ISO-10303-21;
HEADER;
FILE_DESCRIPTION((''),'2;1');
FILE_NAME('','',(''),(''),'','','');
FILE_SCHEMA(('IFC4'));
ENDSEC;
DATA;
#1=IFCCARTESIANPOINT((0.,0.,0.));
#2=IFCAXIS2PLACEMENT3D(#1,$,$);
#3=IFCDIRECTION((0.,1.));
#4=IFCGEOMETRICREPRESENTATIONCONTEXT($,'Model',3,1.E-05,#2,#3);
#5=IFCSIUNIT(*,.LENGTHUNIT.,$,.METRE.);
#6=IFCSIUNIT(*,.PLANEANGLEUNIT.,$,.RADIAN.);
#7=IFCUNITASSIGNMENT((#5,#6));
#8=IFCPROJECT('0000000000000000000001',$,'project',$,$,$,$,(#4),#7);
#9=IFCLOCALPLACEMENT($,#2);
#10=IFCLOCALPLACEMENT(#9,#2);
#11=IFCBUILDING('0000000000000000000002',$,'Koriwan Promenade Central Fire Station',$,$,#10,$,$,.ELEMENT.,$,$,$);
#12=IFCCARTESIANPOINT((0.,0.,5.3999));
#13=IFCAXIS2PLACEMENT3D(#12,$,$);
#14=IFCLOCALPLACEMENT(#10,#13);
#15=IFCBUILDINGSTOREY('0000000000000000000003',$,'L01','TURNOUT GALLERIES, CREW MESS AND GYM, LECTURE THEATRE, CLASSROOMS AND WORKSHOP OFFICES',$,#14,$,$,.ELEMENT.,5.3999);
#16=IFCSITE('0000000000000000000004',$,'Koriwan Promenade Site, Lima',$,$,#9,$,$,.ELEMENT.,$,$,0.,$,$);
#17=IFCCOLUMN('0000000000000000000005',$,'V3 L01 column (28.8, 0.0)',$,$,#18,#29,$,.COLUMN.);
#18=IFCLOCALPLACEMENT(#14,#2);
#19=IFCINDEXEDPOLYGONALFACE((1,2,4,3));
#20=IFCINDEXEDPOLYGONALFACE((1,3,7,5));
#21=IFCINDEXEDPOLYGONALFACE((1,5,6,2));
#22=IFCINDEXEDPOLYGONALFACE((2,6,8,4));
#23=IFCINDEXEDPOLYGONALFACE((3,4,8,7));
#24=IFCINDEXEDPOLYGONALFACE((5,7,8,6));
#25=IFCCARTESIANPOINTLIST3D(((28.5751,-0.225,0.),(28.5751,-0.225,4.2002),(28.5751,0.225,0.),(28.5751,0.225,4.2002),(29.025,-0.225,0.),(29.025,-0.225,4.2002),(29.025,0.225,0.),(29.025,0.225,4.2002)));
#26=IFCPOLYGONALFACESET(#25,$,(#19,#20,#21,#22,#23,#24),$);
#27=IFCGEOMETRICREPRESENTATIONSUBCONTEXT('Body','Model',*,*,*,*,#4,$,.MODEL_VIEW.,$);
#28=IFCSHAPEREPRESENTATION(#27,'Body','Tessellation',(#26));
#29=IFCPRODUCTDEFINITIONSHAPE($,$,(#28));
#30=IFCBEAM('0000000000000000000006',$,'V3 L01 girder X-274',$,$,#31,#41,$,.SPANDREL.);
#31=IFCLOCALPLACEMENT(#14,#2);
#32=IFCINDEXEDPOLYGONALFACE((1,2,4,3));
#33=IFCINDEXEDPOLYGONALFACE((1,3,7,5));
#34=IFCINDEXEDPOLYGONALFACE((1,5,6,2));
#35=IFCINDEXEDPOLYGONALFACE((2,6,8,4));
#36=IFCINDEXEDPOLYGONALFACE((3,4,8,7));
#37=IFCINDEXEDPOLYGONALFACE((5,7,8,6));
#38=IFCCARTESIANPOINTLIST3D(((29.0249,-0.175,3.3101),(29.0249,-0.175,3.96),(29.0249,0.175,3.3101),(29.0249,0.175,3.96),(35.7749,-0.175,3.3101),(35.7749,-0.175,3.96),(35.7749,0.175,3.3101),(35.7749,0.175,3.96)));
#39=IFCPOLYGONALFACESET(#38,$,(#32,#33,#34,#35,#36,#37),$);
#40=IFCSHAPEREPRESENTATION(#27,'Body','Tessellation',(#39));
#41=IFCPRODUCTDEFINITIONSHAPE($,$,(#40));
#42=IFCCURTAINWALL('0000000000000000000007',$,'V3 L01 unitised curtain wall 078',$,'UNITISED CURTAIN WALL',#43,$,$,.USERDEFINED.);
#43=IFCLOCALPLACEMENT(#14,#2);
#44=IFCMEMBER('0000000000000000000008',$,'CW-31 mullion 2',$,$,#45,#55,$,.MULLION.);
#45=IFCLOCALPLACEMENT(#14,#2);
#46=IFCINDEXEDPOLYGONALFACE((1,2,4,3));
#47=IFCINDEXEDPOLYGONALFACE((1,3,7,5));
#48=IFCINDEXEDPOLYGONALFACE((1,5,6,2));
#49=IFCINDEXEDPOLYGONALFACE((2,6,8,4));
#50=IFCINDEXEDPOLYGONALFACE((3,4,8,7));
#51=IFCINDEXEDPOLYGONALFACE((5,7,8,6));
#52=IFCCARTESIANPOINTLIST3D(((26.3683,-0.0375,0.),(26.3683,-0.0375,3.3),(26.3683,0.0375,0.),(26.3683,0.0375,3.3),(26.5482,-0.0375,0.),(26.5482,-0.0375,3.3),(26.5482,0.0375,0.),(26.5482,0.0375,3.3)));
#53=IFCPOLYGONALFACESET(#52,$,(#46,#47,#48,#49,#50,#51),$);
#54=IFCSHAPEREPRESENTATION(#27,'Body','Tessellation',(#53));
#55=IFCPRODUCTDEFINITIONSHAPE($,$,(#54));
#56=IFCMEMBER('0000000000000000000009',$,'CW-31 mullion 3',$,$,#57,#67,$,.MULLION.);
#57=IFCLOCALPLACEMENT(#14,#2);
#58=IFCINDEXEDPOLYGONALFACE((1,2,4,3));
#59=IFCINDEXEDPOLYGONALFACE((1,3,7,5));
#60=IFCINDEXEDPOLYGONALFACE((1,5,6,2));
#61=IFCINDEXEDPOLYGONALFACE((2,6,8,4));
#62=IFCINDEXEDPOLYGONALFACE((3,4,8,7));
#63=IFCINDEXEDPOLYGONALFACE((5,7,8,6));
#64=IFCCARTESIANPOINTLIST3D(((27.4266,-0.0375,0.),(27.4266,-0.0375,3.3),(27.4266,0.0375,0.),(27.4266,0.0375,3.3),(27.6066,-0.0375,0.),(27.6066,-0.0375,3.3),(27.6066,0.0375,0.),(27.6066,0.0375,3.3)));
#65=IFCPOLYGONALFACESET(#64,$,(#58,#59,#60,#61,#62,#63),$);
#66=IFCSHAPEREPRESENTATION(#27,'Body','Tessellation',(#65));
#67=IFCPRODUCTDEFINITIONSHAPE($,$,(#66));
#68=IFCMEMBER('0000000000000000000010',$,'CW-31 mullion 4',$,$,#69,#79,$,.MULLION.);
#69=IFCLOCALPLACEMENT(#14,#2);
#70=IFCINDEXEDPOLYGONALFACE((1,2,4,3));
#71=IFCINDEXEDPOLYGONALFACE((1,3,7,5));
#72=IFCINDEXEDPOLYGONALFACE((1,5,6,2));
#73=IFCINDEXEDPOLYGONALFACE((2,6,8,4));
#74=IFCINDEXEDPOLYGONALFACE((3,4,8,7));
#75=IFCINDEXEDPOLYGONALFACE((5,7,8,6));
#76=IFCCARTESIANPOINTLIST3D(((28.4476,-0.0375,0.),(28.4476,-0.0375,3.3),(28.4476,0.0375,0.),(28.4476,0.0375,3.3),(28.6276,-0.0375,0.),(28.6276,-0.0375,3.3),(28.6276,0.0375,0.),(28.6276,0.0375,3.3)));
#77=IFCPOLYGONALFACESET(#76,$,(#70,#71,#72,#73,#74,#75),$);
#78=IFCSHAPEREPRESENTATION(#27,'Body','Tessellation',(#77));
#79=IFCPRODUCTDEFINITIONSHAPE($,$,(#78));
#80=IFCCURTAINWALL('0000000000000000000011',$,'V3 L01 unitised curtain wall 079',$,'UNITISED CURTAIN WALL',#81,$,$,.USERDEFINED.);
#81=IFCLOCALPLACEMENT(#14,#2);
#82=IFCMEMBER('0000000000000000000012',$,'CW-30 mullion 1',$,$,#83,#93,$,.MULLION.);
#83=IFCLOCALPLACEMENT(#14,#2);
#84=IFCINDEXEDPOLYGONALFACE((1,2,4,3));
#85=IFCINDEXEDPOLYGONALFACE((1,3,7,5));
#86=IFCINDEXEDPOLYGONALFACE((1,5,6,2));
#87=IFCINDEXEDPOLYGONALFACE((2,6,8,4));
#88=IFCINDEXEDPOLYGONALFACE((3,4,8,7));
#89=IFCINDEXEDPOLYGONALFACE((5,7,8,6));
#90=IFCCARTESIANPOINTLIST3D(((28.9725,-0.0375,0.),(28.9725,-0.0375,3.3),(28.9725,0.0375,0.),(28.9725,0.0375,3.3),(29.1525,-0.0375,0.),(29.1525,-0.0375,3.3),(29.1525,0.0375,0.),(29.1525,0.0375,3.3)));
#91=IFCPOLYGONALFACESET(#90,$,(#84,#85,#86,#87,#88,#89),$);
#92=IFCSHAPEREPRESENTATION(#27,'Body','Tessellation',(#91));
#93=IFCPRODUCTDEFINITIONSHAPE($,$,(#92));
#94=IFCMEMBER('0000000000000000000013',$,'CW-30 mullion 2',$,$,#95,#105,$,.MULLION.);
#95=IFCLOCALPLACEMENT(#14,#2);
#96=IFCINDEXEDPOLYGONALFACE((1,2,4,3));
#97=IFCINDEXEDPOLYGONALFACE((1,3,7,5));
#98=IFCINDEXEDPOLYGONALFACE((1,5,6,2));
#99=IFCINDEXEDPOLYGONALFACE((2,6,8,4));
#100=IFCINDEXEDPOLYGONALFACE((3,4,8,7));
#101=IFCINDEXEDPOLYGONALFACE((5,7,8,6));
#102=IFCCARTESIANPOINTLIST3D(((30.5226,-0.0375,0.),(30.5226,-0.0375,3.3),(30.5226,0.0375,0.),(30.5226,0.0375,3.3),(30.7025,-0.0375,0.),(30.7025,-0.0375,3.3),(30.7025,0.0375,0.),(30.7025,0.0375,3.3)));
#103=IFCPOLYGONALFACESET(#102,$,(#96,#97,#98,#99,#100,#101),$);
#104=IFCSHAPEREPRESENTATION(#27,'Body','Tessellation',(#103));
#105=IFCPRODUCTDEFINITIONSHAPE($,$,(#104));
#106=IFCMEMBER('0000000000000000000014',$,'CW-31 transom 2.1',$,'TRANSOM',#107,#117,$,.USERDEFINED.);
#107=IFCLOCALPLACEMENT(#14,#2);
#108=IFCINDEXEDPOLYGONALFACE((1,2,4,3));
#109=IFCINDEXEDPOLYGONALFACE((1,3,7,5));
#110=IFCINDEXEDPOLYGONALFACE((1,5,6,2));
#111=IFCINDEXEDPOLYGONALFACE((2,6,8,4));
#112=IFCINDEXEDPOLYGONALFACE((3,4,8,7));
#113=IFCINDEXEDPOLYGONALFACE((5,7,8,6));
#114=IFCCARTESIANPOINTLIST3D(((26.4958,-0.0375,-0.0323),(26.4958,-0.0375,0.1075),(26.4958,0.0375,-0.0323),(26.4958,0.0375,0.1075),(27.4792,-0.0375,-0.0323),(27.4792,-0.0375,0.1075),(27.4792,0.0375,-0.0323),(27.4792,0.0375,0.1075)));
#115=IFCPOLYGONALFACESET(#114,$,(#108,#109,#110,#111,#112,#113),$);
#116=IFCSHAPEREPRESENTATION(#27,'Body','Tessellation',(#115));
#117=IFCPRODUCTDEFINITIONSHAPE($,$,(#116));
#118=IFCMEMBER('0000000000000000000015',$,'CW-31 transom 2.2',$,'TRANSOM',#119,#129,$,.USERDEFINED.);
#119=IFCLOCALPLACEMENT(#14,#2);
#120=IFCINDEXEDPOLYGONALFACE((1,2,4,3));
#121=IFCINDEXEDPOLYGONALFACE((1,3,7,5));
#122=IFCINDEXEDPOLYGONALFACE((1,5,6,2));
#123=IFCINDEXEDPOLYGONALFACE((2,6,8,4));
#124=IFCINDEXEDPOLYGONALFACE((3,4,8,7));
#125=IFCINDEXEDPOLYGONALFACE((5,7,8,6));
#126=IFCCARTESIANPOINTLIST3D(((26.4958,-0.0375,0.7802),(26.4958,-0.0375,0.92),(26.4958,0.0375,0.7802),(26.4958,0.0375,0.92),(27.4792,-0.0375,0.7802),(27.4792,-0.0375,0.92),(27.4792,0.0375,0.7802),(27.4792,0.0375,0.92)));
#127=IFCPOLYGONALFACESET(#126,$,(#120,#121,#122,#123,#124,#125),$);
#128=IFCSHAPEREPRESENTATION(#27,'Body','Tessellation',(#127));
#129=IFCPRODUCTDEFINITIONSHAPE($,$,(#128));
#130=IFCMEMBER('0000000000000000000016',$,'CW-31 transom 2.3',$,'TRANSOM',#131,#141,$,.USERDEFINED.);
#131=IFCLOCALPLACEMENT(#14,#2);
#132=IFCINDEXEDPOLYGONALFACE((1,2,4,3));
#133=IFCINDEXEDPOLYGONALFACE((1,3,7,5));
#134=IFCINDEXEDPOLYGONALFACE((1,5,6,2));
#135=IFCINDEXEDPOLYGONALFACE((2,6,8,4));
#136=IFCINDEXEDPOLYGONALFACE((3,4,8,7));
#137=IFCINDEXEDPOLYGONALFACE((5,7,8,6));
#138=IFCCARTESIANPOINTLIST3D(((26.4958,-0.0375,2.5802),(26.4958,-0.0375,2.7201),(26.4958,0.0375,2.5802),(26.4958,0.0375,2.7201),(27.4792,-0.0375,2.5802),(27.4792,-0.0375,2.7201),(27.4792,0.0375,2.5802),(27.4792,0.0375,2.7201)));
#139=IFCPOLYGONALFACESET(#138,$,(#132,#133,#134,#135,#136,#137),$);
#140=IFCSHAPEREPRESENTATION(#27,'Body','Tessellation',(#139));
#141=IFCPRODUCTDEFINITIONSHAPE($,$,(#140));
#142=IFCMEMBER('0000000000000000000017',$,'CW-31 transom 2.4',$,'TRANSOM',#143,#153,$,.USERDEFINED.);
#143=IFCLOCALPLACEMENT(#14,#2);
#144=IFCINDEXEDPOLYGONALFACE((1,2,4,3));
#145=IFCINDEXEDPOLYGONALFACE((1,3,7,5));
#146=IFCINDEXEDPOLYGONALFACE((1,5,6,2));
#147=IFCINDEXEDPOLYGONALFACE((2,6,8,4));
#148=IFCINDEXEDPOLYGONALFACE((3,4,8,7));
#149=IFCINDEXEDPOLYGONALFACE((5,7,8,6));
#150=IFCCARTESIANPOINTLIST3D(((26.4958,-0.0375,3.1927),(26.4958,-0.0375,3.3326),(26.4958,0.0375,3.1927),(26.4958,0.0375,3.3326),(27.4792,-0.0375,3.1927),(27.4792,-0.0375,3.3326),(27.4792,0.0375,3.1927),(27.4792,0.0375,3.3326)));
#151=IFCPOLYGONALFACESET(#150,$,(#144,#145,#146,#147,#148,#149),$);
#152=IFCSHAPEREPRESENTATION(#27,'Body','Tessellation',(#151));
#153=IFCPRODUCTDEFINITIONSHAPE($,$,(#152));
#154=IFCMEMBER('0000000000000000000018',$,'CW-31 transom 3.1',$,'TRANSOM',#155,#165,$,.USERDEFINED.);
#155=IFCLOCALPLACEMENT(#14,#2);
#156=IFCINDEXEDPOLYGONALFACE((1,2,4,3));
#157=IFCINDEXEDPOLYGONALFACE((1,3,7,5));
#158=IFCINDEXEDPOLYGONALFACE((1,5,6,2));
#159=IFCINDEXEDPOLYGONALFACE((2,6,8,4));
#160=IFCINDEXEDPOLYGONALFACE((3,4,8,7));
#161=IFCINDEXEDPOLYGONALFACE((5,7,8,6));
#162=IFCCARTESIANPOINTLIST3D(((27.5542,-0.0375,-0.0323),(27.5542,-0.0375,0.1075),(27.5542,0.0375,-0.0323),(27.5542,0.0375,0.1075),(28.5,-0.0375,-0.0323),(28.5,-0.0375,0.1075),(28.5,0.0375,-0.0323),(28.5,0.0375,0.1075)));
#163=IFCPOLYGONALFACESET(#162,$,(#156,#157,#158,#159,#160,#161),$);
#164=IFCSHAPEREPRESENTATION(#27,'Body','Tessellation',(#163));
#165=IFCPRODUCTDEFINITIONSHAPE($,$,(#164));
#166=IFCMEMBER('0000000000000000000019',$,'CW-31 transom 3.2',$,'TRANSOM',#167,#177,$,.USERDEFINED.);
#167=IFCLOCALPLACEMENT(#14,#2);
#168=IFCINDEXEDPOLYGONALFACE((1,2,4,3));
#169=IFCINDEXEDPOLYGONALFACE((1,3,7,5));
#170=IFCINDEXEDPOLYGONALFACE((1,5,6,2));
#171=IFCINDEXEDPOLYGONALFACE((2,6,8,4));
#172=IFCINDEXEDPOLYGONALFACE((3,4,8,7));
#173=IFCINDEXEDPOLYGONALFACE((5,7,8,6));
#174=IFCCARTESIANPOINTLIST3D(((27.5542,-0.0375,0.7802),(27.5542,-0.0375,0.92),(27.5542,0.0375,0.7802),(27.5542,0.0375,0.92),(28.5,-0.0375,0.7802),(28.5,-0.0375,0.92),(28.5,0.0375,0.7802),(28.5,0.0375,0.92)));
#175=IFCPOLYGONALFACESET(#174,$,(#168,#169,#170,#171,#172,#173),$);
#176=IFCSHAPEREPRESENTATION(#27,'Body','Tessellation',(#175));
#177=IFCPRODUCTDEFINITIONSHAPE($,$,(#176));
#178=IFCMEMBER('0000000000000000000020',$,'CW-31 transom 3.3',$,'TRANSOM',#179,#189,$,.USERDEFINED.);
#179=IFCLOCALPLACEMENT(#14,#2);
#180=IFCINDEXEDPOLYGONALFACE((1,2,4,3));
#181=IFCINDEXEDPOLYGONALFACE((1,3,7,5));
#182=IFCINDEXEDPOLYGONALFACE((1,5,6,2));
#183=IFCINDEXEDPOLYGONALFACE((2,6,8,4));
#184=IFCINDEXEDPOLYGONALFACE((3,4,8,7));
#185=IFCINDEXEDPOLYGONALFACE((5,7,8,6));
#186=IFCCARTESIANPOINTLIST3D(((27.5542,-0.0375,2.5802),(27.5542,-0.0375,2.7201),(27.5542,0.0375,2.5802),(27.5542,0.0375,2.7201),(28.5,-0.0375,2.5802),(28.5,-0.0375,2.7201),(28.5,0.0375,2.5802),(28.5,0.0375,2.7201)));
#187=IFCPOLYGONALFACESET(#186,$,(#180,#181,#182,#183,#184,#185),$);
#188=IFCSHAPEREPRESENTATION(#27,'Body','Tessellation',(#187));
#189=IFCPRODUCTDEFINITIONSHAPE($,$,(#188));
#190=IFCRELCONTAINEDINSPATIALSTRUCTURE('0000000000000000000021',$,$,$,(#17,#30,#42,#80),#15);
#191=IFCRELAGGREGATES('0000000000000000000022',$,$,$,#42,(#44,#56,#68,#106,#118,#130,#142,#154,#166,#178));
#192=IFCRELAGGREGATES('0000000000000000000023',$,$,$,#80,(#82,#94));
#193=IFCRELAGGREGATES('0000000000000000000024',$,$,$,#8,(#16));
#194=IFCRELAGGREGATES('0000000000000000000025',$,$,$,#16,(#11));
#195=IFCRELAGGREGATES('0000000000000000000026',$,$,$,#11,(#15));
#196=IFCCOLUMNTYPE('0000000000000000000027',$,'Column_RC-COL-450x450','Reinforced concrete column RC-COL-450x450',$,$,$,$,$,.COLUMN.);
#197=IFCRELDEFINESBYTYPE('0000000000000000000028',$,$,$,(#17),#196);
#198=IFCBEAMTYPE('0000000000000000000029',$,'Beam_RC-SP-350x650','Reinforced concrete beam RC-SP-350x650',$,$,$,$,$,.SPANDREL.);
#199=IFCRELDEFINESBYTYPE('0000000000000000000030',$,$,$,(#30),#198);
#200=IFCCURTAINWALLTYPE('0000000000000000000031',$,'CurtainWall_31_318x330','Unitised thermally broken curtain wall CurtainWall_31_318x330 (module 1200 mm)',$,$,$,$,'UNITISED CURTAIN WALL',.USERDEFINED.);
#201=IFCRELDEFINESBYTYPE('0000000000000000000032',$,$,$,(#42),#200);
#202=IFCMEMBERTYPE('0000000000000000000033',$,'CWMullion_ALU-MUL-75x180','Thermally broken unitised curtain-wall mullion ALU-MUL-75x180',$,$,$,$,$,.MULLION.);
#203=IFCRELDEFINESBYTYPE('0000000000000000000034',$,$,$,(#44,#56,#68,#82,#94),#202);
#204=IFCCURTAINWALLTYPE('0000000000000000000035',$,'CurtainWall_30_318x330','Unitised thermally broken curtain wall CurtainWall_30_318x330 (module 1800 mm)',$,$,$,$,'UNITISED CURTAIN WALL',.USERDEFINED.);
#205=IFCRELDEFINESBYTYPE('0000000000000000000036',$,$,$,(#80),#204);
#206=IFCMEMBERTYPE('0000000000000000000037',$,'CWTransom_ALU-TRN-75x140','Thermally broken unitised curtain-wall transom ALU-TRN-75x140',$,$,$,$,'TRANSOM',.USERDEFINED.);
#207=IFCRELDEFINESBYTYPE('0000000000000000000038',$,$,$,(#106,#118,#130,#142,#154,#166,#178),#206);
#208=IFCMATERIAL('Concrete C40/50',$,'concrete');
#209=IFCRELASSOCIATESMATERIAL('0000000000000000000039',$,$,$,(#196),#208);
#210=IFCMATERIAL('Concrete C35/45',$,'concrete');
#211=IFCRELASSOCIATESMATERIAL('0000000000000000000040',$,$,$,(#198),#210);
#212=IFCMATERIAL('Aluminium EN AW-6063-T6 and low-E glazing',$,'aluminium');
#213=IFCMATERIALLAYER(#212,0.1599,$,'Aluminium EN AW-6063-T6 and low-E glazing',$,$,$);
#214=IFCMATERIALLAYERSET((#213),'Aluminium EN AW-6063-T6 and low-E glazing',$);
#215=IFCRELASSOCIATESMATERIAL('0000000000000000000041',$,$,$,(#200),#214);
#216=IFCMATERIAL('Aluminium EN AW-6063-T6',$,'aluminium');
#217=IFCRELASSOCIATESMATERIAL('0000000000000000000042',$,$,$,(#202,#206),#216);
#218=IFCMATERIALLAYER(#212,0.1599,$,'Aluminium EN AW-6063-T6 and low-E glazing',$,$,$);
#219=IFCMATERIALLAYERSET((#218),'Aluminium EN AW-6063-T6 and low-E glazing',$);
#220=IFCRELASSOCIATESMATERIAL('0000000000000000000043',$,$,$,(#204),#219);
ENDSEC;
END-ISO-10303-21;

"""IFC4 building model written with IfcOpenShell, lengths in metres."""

from ifc_helpers import new_model, si_unit, direction, frame, origin, origin_2d, place, context, subcontext, project, spatial, rectangle, extrude, material, layer, layer_set, material_profile, profile_set, type_object, element, aggregate, save


model = new_model("IFC4")

# Units and contexts
model_context = context("Model", 3, precision=1e-05, world=origin(), true_north=direction((0.0, 1.0)))
body_context = subcontext(model_context, "Body", "Model", "MODEL_VIEW")
ifc_project = project(units=[si_unit("LENGTHUNIT", "METRE"), si_unit("PLANEANGLEUNIT", "RADIAN")], contexts=[model_context])

# Site, building, storey
site_placement = place(None, origin())
site = spatial("IfcSite", under=ifc_project, at=site_placement, Name="Koriwan Promenade Site, Lima", CompositionType="ELEMENT", RefElevation=0.0)
building_placement = place(site_placement, origin())
building = spatial("IfcBuilding", under=site, at=building_placement, Name="Koriwan Promenade Central Fire Station", CompositionType="ELEMENT")
storey_placement = place(building_placement, frame((0.0, 0.0, 5.3999)))
storey = spatial("IfcBuildingStorey", under=building, at=storey_placement, Name="L01", Description="TURNOUT GALLERIES, CREW MESS AND GYM, LECTURE THEATRE, CLASSROOMS AND WORKSHOP OFFICES", CompositionType="ELEMENT", Elevation=5.3999)

# Column
ifc_material_1 = material(Name="Concrete C40/50", Category="concrete")
ifc_material_profile_1 = material_profile(ifc_material_1, rectangle(XDim=0.45, YDim=0.45, at=origin_2d()), Name="RC-COL-450x450")
ifc_profile_set_1 = profile_set([ifc_material_profile_1], Name="Concrete C40/50")
column_type = type_object("IfcColumnType", Name="Column_RC-COL-450x450", Description="Reinforced concrete column RC-COL-450x450", PredefinedType="COLUMN", material=ifc_profile_set_1)
column_placement = place(storey_placement, frame((28.8, 0.0, 0.0), z_axis=(0.0, 0.0, 1.0), x_axis=(1.0, 0.0, 0.0)))
element("IfcColumn", 1, at=column_placement, inside=storey, type_object=column_type, Name="V3 L01 column (28.8, 0.0)", PredefinedType="COLUMN", context=body_context, shape_type="SweptSolid", body=[
    extrude(rectangle(XDim=0.45, YDim=0.45, at=origin_2d()), origin(), (0.0, 0.0, 1.0), 4.2002),
])

# Beam
ifc_material_2 = material(Name="Concrete C35/45", Category="concrete")
ifc_material_profile_2 = material_profile(ifc_material_2, rectangle(XDim=0.3501, YDim=0.6499, at=origin_2d()), Name="RC-SP-350x650")
ifc_profile_set_2 = profile_set([ifc_material_profile_2], Name="Concrete C35/45")
beam_type_1 = type_object("IfcBeamType", Name="Beam_RC-SP-350x650", Description="Reinforced concrete beam RC-SP-350x650", PredefinedType="SPANDREL", material=ifc_profile_set_2)
beam_1_placement = place(storey_placement, frame((29.0249, 0.0, 3.635), z_axis=(1.0, 0.0, 0.0), x_axis=(0.0, 1.0, 0.0)))
element("IfcBeam", 2, at=beam_1_placement, inside=storey, type_object=beam_type_1, Name="V3 L01 girder X-274", PredefinedType="SPANDREL", context=body_context, shape_type="SweptSolid", body=[
    extrude(rectangle(XDim=0.3501, YDim=0.6499, at=origin_2d()), origin(), (0.0, 0.0, 1.0), 6.75),
])

# Curtain walls, members
ifc_material_3 = material(Name="Aluminium EN AW-6063-T6 and low-E glazing", Category="aluminium")
ifc_layer_1 = layer(ifc_material_3, 0.1599, Name="Aluminium EN AW-6063-T6 and low-E glazing")
ifc_layer_set_1 = layer_set([ifc_layer_1], Name="Aluminium EN AW-6063-T6 and low-E glazing")
curtain_wall_type_1 = type_object("IfcCurtainWallType", Name="CurtainWall_31_318x330", Description="Unitised thermally broken curtain wall CurtainWall_31_318x330 (module 1200 mm)", ElementType="UNITISED CURTAIN WALL", PredefinedType="USERDEFINED", material=ifc_layer_set_1)
curtain_wall_1_placement = place(storey_placement, origin())
curtain_wall_1 = element("IfcCurtainWall", 3, at=curtain_wall_1_placement, inside=storey, type_object=curtain_wall_type_1, Name="V3 L01 unitised curtain wall 078", ObjectType="UNITISED CURTAIN WALL", PredefinedType="USERDEFINED")
ifc_material_4 = material(Name="Aluminium EN AW-6063-T6", Category="aluminium")
ifc_material_profile_3 = material_profile(ifc_material_4, rectangle(XDim=0.075, YDim=0.1799, at=origin_2d()), Name="ALU-MUL-75x180")
ifc_profile_set_3 = profile_set([ifc_material_profile_3], Name="Aluminium EN AW-6063-T6")
member_type_1 = type_object("IfcMemberType", Name="CWMullion_ALU-MUL-75x180", Description="Thermally broken unitised curtain-wall mullion ALU-MUL-75x180", PredefinedType="MULLION", material=ifc_profile_set_3)
member_1_placement = place(storey_placement, frame((26.4583, 0.0, 0.0), z_axis=(0.0, 0.0, 1.0), x_axis=(0.0, 1.0, 0.0)))
member_1 = element("IfcMember", 4, at=member_1_placement, type_object=member_type_1, Name="CW-31 mullion 2", PredefinedType="MULLION", context=body_context, shape_type="SweptSolid", body=[
    extrude(rectangle(XDim=0.075, YDim=0.1799, at=origin_2d()), origin(), (0.0, 0.0, 1.0), 3.3),
])
member_2_placement = place(storey_placement, frame((27.5166, 0.0, 0.0), z_axis=(0.0, 0.0, 1.0), x_axis=(0.0, 1.0, 0.0)))
member_2 = element("IfcMember", 5, at=member_2_placement, type_object=member_type_1, Name="CW-31 mullion 3", PredefinedType="MULLION", context=body_context, shape_type="SweptSolid", body=[
    extrude(rectangle(XDim=0.075, YDim=0.1799, at=origin_2d()), origin(), (0.0, 0.0, 1.0), 3.3),
])
member_3_placement = place(storey_placement, frame((28.5376, 0.0, 0.0), z_axis=(0.0, 0.0, 1.0), x_axis=(0.0, 1.0, 0.0)))
member_3 = element("IfcMember", 6, at=member_3_placement, type_object=member_type_1, Name="CW-31 mullion 4", PredefinedType="MULLION", context=body_context, shape_type="SweptSolid", body=[
    extrude(rectangle(XDim=0.075, YDim=0.1799, at=origin_2d()), origin(), (0.0, 0.0, 1.0), 3.3),
])
ifc_layer_2 = layer(ifc_material_3, 0.1599, Name="Aluminium EN AW-6063-T6 and low-E glazing")
ifc_layer_set_2 = layer_set([ifc_layer_2], Name="Aluminium EN AW-6063-T6 and low-E glazing")
curtain_wall_type_2 = type_object("IfcCurtainWallType", Name="CurtainWall_30_318x330", Description="Unitised thermally broken curtain wall CurtainWall_30_318x330 (module 1800 mm)", ElementType="UNITISED CURTAIN WALL", PredefinedType="USERDEFINED", material=ifc_layer_set_2)
curtain_wall_2_placement = place(storey_placement, origin())
curtain_wall_2 = element("IfcCurtainWall", 7, at=curtain_wall_2_placement, inside=storey, type_object=curtain_wall_type_2, Name="V3 L01 unitised curtain wall 079", ObjectType="UNITISED CURTAIN WALL", PredefinedType="USERDEFINED")
member_4_placement = place(storey_placement, frame((29.0625, 0.0, 0.0), z_axis=(0.0, 0.0, 1.0), x_axis=(0.0, 1.0, 0.0)))
member_4 = element("IfcMember", 8, at=member_4_placement, type_object=member_type_1, Name="CW-30 mullion 1", PredefinedType="MULLION", context=body_context, shape_type="SweptSolid", body=[
    extrude(rectangle(XDim=0.075, YDim=0.1799, at=origin_2d()), origin(), (0.0, 0.0, 1.0), 3.3),
])
member_5_placement = place(storey_placement, frame((30.6125, 0.0, 0.0), z_axis=(0.0, 0.0, 1.0), x_axis=(0.0, 1.0, 0.0)))
member_5 = element("IfcMember", 9, at=member_5_placement, type_object=member_type_1, Name="CW-30 mullion 2", PredefinedType="MULLION", context=body_context, shape_type="SweptSolid", body=[
    extrude(rectangle(XDim=0.075, YDim=0.1799, at=origin_2d()), origin(), (0.0, 0.0, 1.0), 3.3),
])

# Members
ifc_material_profile_4 = material_profile(ifc_material_4, rectangle(XDim=0.075, YDim=0.1399, at=origin_2d()), Name="ALU-TRN-75x140")
ifc_profile_set_4 = profile_set([ifc_material_profile_4], Name="Aluminium EN AW-6063-T6")
member_type_2 = type_object("IfcMemberType", Name="CWTransom_ALU-TRN-75x140", Description="Thermally broken unitised curtain-wall transom ALU-TRN-75x140", ElementType="TRANSOM", PredefinedType="USERDEFINED", material=ifc_profile_set_4)
member_6_placement = place(storey_placement, frame((26.4958, 0.0, 0.0376), z_axis=(1.0, 0.0, 0.0), x_axis=(0.0, 1.0, 0.0)))
member_6 = element("IfcMember", 10, at=member_6_placement, type_object=member_type_2, Name="CW-31 transom 2.1", ObjectType="TRANSOM", PredefinedType="USERDEFINED", context=body_context, shape_type="SweptSolid", body=[
    extrude(rectangle(XDim=0.075, YDim=0.1399, at=origin_2d()), origin(), (0.0, 0.0, 1.0), 0.9834),
])
member_7_placement = place(storey_placement, frame((26.4958, 0.0, 0.8501), z_axis=(1.0, 0.0, 0.0), x_axis=(0.0, 1.0, 0.0)))
member_7 = element("IfcMember", 11, at=member_7_placement, type_object=member_type_2, Name="CW-31 transom 2.2", ObjectType="TRANSOM", PredefinedType="USERDEFINED", context=body_context, shape_type="SweptSolid", body=[
    extrude(rectangle(XDim=0.075, YDim=0.1399, at=origin_2d()), origin(), (0.0, 0.0, 1.0), 0.9834),
])
member_8_placement = place(storey_placement, frame((26.4958, 0.0, 2.6501), z_axis=(1.0, 0.0, 0.0), x_axis=(0.0, 1.0, 0.0)))
member_8 = element("IfcMember", 12, at=member_8_placement, type_object=member_type_2, Name="CW-31 transom 2.3", ObjectType="TRANSOM", PredefinedType="USERDEFINED", context=body_context, shape_type="SweptSolid", body=[
    extrude(rectangle(XDim=0.075, YDim=0.1399, at=origin_2d()), origin(), (0.0, 0.0, 1.0), 0.9834),
])
member_9_placement = place(storey_placement, frame((26.4958, 0.0, 3.2627), z_axis=(1.0, 0.0, 0.0), x_axis=(0.0, 1.0, 0.0)))
member_9 = element("IfcMember", 13, at=member_9_placement, type_object=member_type_2, Name="CW-31 transom 2.4", ObjectType="TRANSOM", PredefinedType="USERDEFINED", context=body_context, shape_type="SweptSolid", body=[
    extrude(rectangle(XDim=0.075, YDim=0.1399, at=origin_2d()), origin(), (0.0, 0.0, 1.0), 0.9834),
])
member_10_placement = place(storey_placement, frame((27.5542, 0.0, 0.0376), z_axis=(1.0, 0.0, 0.0), x_axis=(0.0, 1.0, 0.0)))
member_10 = element("IfcMember", 14, at=member_10_placement, type_object=member_type_2, Name="CW-31 transom 3.1", ObjectType="TRANSOM", PredefinedType="USERDEFINED", context=body_context, shape_type="SweptSolid", body=[
    extrude(rectangle(XDim=0.075, YDim=0.1399, at=origin_2d()), origin(), (0.0, 0.0, 1.0), 0.9458),
])
member_11_placement = place(storey_placement, frame((27.5542, 0.0, 0.8501), z_axis=(1.0, 0.0, 0.0), x_axis=(0.0, 1.0, 0.0)))
member_11 = element("IfcMember", 15, at=member_11_placement, type_object=member_type_2, Name="CW-31 transom 3.2", ObjectType="TRANSOM", PredefinedType="USERDEFINED", context=body_context, shape_type="SweptSolid", body=[
    extrude(rectangle(XDim=0.075, YDim=0.1399, at=origin_2d()), origin(), (0.0, 0.0, 1.0), 0.9458),
])
member_12_placement = place(storey_placement, frame((27.5542, 0.0, 2.6501), z_axis=(1.0, 0.0, 0.0), x_axis=(0.0, 1.0, 0.0)))
member_12 = element("IfcMember", 16, at=member_12_placement, type_object=member_type_2, Name="CW-31 transom 3.3", ObjectType="TRANSOM", PredefinedType="USERDEFINED", context=body_context, shape_type="SweptSolid", body=[
    extrude(rectangle(XDim=0.075, YDim=0.1399, at=origin_2d()), origin(), (0.0, 0.0, 1.0), 0.9458),
])

aggregate(curtain_wall_1, [member_1, member_2, member_3, member_6, member_7, member_8, member_9, member_10, member_11, member_12])
aggregate(curtain_wall_2, [member_4, member_5])

save(model, "model.ifc")
